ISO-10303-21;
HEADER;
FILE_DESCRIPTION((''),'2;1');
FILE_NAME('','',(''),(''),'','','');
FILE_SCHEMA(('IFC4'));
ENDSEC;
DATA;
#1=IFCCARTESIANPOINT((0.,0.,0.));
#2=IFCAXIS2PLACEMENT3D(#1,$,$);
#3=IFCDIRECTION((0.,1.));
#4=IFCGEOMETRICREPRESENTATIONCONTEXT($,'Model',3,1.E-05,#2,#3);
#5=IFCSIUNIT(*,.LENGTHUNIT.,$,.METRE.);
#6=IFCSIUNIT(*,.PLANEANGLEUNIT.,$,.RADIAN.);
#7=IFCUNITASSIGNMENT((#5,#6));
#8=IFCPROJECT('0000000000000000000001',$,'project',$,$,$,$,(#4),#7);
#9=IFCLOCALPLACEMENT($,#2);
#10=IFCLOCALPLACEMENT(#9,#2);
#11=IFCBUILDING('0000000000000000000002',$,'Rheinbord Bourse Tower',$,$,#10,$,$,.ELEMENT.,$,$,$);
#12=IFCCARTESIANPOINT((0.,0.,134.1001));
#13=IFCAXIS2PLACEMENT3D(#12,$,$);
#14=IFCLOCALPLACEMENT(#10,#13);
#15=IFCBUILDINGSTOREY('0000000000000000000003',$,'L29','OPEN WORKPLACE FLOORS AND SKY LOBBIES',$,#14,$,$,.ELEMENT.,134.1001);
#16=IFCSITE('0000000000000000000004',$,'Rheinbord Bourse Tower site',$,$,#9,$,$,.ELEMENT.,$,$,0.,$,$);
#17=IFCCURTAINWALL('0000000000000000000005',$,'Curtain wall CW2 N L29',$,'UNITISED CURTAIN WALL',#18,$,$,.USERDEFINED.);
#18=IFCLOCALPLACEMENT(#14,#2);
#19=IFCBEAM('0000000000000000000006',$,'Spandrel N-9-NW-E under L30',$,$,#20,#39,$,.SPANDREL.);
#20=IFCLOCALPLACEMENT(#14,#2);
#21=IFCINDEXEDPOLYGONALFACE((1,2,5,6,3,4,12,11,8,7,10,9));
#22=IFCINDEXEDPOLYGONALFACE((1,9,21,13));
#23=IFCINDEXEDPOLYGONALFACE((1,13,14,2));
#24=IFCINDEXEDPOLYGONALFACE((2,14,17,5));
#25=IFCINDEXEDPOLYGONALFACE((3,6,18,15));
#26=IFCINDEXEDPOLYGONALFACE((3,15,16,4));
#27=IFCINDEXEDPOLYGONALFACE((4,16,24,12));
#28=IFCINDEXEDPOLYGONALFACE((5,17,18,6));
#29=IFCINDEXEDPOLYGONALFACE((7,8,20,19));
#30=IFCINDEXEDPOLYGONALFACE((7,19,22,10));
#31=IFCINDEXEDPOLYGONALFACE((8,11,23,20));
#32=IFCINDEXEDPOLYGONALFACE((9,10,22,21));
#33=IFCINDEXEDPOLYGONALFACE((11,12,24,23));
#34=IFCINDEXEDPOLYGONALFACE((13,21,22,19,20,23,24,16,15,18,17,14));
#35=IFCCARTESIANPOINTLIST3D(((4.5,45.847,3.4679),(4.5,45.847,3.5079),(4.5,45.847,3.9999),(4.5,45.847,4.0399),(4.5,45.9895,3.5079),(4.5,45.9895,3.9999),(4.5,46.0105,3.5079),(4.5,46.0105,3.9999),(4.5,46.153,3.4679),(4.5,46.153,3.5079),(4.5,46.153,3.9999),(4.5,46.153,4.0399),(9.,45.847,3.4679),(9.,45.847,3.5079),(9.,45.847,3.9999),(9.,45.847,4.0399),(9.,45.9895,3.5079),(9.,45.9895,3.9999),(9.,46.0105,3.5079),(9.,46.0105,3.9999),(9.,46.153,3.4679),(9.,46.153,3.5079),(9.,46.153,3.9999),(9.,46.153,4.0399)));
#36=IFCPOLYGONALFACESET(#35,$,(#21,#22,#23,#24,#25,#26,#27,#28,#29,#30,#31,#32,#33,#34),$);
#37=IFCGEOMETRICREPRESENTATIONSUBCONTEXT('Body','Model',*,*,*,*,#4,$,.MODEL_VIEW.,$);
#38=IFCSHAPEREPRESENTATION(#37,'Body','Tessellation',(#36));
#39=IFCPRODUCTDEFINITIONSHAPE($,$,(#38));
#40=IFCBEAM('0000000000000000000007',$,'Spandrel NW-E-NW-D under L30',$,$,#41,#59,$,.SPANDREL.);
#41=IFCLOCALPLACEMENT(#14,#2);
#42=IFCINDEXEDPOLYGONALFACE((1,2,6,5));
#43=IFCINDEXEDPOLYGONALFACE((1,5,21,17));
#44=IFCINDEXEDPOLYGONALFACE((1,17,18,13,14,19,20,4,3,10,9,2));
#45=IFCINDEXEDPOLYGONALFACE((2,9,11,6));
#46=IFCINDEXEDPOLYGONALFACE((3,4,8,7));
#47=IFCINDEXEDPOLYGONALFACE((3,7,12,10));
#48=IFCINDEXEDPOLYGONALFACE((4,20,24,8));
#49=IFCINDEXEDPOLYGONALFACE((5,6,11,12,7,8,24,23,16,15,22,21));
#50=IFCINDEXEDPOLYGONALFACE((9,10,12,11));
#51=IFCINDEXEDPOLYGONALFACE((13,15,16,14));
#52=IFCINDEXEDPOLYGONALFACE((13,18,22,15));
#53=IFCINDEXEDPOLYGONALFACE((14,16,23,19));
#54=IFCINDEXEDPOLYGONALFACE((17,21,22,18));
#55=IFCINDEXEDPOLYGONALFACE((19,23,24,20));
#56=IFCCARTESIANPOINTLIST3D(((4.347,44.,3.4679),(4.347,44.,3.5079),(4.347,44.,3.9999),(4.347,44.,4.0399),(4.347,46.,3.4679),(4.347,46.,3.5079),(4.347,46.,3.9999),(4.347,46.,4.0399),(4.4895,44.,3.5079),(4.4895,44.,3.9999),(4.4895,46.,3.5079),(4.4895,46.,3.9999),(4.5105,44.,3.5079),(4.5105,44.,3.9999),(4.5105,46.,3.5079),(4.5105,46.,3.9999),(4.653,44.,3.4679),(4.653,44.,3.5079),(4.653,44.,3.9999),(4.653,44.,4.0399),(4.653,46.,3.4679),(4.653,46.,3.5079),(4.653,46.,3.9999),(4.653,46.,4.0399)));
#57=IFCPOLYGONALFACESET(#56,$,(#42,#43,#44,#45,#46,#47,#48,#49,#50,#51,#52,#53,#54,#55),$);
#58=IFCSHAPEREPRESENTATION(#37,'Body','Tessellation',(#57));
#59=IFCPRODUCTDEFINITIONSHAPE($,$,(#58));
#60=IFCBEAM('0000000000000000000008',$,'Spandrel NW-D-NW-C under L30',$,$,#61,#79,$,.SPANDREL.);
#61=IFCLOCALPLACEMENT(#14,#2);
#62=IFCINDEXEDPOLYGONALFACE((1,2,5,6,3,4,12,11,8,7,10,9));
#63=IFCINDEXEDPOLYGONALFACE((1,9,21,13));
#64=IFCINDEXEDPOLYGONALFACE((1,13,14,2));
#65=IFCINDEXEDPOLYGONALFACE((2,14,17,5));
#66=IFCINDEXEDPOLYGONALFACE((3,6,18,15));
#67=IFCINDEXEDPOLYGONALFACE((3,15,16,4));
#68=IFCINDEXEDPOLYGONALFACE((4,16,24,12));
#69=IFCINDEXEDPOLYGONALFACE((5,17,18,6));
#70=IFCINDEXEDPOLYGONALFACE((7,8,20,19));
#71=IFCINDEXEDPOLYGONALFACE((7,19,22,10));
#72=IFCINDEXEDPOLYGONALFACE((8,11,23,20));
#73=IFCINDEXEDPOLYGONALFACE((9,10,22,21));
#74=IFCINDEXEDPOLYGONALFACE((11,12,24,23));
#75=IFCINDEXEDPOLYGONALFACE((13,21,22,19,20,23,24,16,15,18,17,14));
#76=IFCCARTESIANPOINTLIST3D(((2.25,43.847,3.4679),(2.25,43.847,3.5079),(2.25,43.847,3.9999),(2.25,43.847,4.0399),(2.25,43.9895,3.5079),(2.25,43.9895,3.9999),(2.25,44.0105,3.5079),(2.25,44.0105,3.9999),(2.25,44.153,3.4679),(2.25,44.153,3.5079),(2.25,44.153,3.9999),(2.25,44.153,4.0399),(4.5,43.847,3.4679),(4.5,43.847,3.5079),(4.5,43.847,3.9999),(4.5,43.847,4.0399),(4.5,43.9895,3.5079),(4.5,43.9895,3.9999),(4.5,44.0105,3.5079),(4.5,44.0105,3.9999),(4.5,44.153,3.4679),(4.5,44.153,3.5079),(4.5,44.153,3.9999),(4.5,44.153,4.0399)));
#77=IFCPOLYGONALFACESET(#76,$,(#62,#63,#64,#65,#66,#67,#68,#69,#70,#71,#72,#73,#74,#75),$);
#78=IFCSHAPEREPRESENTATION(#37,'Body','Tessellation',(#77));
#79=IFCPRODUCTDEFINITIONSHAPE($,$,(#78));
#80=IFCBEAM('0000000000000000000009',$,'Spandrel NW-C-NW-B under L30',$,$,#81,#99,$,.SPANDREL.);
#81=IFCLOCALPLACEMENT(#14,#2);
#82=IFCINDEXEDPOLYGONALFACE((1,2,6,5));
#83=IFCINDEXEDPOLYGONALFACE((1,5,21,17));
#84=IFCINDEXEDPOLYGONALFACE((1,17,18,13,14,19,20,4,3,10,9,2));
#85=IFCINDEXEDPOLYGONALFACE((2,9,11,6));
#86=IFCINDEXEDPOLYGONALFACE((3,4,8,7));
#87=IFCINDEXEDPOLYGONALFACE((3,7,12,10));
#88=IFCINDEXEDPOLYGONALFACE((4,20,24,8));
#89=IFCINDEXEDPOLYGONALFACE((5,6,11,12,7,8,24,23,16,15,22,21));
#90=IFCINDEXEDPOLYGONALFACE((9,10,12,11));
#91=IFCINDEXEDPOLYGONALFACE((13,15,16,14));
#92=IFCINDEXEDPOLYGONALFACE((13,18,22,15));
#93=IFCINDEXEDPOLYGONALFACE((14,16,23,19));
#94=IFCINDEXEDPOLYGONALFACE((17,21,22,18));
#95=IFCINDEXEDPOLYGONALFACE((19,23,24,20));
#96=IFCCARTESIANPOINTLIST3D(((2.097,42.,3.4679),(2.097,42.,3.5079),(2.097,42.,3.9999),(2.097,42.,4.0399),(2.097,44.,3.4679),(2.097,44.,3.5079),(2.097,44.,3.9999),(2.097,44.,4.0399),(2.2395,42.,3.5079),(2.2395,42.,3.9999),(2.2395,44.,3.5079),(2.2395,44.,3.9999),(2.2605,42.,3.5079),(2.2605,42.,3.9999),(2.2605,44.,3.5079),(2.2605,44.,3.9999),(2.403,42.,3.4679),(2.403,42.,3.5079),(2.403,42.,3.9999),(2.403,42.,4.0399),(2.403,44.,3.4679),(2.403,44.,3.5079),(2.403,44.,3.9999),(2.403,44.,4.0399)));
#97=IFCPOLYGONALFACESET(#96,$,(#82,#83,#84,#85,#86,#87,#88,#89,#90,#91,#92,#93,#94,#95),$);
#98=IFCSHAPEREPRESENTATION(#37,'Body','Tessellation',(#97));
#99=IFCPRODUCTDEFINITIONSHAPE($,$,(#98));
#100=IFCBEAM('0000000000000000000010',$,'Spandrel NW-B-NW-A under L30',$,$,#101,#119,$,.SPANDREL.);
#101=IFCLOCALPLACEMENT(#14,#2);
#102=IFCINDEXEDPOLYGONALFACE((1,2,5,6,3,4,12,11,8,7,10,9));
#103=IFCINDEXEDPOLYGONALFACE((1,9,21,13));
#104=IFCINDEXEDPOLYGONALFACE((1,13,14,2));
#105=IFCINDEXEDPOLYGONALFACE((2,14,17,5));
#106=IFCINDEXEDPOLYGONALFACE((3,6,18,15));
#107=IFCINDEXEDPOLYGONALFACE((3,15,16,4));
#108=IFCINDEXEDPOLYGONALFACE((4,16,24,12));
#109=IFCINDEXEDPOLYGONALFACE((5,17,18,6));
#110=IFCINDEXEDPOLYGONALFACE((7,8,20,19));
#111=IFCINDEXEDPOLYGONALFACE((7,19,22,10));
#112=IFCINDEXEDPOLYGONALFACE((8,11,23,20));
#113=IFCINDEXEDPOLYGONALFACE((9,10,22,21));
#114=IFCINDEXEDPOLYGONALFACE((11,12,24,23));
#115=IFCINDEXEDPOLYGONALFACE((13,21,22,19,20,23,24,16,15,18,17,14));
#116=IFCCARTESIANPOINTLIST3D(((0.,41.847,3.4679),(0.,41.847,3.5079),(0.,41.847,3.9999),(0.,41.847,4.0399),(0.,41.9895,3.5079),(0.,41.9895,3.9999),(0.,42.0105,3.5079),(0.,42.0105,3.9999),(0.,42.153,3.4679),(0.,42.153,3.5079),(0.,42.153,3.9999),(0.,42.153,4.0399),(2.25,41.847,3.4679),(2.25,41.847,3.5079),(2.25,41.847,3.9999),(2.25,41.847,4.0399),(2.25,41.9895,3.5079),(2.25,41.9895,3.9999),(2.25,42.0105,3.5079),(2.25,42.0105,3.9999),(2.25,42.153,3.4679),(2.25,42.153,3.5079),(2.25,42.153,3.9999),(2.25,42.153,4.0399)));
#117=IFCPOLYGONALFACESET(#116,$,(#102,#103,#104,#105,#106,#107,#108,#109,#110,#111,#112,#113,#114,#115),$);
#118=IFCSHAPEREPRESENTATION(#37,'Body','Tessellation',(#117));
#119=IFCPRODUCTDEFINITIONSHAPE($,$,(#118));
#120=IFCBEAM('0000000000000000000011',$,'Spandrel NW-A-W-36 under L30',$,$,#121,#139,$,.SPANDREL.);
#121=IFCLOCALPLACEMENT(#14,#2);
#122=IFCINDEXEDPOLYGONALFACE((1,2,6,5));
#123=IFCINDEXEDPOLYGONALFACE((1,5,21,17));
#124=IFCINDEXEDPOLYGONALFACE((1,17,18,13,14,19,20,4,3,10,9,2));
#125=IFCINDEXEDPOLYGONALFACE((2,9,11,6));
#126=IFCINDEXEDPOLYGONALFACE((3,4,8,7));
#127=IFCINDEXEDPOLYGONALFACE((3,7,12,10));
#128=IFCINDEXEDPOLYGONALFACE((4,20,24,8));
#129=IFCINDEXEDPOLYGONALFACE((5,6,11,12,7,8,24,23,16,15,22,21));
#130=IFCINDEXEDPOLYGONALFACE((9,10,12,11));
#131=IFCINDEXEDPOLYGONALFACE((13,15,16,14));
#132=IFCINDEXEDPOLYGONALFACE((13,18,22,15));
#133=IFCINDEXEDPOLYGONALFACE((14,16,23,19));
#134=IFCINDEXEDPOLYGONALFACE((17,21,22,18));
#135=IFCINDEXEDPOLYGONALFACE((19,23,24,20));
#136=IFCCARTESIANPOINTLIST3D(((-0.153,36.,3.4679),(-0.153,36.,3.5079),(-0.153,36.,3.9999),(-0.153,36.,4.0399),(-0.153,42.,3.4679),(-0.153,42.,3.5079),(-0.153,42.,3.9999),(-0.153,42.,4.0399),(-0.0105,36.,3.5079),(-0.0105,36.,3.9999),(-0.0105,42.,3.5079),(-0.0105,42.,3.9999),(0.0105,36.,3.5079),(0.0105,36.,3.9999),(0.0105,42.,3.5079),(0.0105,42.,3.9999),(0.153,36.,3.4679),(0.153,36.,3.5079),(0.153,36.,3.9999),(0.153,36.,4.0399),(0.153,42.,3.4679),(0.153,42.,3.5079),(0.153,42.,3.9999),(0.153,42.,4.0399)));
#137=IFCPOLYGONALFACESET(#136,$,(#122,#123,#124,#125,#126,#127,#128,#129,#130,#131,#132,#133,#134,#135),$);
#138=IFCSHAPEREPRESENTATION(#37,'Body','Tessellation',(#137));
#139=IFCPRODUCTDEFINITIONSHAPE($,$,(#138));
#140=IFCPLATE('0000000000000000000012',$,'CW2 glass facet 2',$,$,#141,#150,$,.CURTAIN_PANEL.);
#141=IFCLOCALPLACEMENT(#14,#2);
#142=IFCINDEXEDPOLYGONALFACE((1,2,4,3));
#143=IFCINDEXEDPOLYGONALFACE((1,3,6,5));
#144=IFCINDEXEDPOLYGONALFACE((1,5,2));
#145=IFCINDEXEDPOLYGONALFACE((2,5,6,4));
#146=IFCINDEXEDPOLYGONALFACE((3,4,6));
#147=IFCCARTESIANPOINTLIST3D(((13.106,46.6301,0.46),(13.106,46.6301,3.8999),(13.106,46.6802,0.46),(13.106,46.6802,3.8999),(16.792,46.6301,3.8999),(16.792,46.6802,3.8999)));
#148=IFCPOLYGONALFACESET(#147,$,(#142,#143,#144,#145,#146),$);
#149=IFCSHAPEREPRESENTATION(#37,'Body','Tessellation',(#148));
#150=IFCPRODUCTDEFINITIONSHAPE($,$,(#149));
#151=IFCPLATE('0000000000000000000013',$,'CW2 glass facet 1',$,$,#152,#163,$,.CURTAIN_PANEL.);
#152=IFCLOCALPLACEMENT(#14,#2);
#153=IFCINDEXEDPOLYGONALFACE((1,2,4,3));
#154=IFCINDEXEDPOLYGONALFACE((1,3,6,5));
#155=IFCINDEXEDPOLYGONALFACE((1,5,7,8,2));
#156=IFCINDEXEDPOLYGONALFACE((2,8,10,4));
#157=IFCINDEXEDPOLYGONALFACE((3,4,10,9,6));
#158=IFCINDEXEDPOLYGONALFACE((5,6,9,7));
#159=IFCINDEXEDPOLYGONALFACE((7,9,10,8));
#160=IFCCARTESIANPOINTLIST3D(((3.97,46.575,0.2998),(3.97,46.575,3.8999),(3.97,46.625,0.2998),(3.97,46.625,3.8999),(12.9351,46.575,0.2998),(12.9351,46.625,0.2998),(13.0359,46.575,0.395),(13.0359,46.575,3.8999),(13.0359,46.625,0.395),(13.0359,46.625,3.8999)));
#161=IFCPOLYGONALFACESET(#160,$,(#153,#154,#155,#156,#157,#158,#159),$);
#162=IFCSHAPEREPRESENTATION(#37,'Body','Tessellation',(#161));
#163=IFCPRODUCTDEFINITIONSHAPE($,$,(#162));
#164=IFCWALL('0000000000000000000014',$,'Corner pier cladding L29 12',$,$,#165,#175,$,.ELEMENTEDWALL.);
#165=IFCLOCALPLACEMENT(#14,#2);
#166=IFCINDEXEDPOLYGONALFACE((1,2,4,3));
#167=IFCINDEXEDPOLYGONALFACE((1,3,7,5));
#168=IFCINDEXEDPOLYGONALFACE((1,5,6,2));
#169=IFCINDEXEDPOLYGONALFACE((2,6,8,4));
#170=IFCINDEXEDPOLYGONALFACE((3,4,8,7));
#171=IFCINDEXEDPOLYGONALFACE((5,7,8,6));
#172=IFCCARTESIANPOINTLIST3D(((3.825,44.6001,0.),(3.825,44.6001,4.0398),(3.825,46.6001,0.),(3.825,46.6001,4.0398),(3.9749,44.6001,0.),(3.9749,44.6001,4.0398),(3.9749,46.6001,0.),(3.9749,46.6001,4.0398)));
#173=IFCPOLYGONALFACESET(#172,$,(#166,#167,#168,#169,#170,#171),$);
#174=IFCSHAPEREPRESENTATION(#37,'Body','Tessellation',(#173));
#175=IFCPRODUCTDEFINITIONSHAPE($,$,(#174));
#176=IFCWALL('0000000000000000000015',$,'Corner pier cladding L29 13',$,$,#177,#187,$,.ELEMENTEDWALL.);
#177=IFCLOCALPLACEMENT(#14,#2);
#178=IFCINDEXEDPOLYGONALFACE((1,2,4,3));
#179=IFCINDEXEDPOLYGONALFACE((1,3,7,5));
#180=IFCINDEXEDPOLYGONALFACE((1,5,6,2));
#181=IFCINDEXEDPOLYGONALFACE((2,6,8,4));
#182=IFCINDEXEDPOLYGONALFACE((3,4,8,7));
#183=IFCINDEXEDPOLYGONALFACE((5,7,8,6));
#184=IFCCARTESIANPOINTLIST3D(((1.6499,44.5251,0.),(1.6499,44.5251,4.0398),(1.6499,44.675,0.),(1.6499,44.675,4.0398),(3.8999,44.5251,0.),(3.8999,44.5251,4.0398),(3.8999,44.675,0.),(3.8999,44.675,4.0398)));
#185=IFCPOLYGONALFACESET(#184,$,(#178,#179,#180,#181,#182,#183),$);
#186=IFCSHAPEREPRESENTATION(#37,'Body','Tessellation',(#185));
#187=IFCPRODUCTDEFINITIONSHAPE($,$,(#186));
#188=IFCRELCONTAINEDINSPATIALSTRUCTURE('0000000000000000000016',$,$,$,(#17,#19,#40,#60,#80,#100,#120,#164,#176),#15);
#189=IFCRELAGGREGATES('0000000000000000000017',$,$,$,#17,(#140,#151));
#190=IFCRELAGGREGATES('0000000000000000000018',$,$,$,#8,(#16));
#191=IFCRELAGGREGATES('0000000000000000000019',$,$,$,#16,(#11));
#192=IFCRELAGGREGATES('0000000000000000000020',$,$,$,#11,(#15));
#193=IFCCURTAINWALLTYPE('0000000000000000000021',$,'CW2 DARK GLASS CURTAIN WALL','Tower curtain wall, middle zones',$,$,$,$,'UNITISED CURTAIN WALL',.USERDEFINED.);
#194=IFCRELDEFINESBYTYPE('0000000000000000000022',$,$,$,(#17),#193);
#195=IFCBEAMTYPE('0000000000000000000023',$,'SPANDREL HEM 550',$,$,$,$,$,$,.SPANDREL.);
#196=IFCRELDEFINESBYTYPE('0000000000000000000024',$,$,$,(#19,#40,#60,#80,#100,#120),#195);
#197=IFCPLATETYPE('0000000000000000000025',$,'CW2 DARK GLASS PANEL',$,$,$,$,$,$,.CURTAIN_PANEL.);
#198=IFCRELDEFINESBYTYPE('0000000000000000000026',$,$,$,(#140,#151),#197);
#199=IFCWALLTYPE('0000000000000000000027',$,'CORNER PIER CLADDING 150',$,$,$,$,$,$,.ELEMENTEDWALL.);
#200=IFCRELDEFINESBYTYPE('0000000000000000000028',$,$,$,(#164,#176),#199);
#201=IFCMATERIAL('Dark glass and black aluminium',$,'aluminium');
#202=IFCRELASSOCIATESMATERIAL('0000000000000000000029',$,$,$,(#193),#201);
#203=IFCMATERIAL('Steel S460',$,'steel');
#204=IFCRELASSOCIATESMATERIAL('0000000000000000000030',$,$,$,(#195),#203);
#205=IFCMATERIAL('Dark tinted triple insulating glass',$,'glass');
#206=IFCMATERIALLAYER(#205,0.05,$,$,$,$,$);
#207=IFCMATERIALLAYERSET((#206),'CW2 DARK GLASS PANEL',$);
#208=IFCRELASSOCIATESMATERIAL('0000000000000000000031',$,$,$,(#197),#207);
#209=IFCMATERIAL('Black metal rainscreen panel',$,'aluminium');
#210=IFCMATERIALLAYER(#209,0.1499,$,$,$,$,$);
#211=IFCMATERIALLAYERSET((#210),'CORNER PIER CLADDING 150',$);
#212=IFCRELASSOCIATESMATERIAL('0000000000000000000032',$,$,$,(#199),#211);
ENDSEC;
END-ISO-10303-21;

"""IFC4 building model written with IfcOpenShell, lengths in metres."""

from ifc_helpers import new_model, si_unit, direction, frame, frame_2d, origin, origin_2d, place, context, subcontext, project, spatial, polyline, rectangle, i_section, outline, extrude, material, layer, layer_set, material_profile, profile_set, type_object, element, aggregate, save


model = new_model("IFC4")

# Units and contexts
model_context = context("Model", 3, precision=1e-05, world=origin(), true_north=direction((0.0, 1.0)))
body_context = subcontext(model_context, "Body", "Model", "MODEL_VIEW")
ifc_project = project(units=[si_unit("LENGTHUNIT", "METRE"), si_unit("PLANEANGLEUNIT", "RADIAN")], contexts=[model_context])

# Site, building, storey
site_placement = place(None, origin())
site = spatial("IfcSite", under=ifc_project, at=site_placement, Name="Rheinbord Bourse Tower site", CompositionType="ELEMENT", RefElevation=0.0)
building_placement = place(site_placement, origin())
building = spatial("IfcBuilding", under=site, at=building_placement, Name="Rheinbord Bourse Tower", CompositionType="ELEMENT")
storey_placement = place(building_placement, frame((0.0, 0.0, 134.1001)))
storey = spatial("IfcBuildingStorey", under=building, at=storey_placement, Name="L29", Description="OPEN WORKPLACE FLOORS AND SKY LOBBIES", CompositionType="ELEMENT", Elevation=134.1001)

# Curtain wall
ifc_material_1 = material(Name="Dark glass and black aluminium", Category="aluminium")
curtain_wall_type = type_object("IfcCurtainWallType", Name="CW2 DARK GLASS CURTAIN WALL", Description="Tower curtain wall, middle zones", ElementType="UNITISED CURTAIN WALL", PredefinedType="USERDEFINED", material=ifc_material_1)
curtain_wall_1_placement = place(storey_placement, origin())
curtain_wall_1 = element("IfcCurtainWall", 1, at=curtain_wall_1_placement, inside=storey, type_object=curtain_wall_type, Name="Curtain wall CW2 N L29", ObjectType="UNITISED CURTAIN WALL", PredefinedType="USERDEFINED")

# Beams
ifc_material_2 = material(Name="Steel S460", Category="steel")
ifc_material_profile_1 = material_profile(ifc_material_2, i_section(OverallWidth=0.3059, OverallDepth=0.572, WebThickness=0.021, FlangeThickness=0.04, at=origin_2d()), Name="HEM 550")
ifc_profile_set_1 = profile_set([ifc_material_profile_1], Name="Steel S460")
beam_type_1 = type_object("IfcBeamType", Name="SPANDREL HEM 550", PredefinedType="SPANDREL", material=ifc_profile_set_1)
for number, where, z_axis, x_axis, name in (
    (2, (9.0, 46.0, 3.7539), (-1.0, 0.0, 0.0), (0.0, -1.0, 0.0), "Spandrel N-9-NW-E under L30"),
):
    element("IfcBeam", number, at=place(storey_placement, frame(where, z_axis=z_axis, x_axis=x_axis)), inside=storey, type_object=beam_type_1, Name=name, PredefinedType="SPANDREL", context=body_context, shape_type="SweptSolid", body=[
        extrude(i_section(OverallWidth=0.3059, OverallDepth=0.572, WebThickness=0.021, FlangeThickness=0.04, at=origin_2d()), origin(), (0.0, 0.0, 1.0), 4.5),
    ])
beam_1_placement = place(storey_placement, frame((4.5, 46.0, 3.7539), z_axis=(0.0, -1.0, 0.0), x_axis=(1.0, 0.0, 0.0)))
element("IfcBeam", 3, at=beam_1_placement, inside=storey, type_object=beam_type_1, Name="Spandrel NW-E-NW-D under L30", PredefinedType="SPANDREL", context=body_context, shape_type="SweptSolid", body=[
    extrude(i_section(OverallWidth=0.3059, OverallDepth=0.572, WebThickness=0.021, FlangeThickness=0.04, at=origin_2d()), origin(), (0.0, 0.0, 1.0), 2.0),
])
beam_2_placement = place(storey_placement, frame((4.5, 44.0, 3.7539), z_axis=(-1.0, 0.0, 0.0), x_axis=(0.0, -1.0, 0.0)))
element("IfcBeam", 4, at=beam_2_placement, inside=storey, type_object=beam_type_1, Name="Spandrel NW-D-NW-C under L30", PredefinedType="SPANDREL", context=body_context, shape_type="SweptSolid", body=[
    extrude(i_section(OverallWidth=0.3059, OverallDepth=0.572, WebThickness=0.021, FlangeThickness=0.04, at=origin_2d()), origin(), (0.0, 0.0, 1.0), 2.25),
])
beam_3_placement = place(storey_placement, frame((2.25, 44.0, 3.7539), z_axis=(0.0, -1.0, 0.0), x_axis=(1.0, 0.0, 0.0)))
element("IfcBeam", 5, at=beam_3_placement, inside=storey, type_object=beam_type_1, Name="Spandrel NW-C-NW-B under L30", PredefinedType="SPANDREL", context=body_context, shape_type="SweptSolid", body=[
    extrude(i_section(OverallWidth=0.3059, OverallDepth=0.572, WebThickness=0.021, FlangeThickness=0.04, at=origin_2d()), origin(), (0.0, 0.0, 1.0), 2.0),
])
beam_4_placement = place(storey_placement, frame((2.25, 42.0, 3.7539), z_axis=(-1.0, 0.0, 0.0), x_axis=(0.0, -1.0, 0.0)))
element("IfcBeam", 6, at=beam_4_placement, inside=storey, type_object=beam_type_1, Name="Spandrel NW-B-NW-A under L30", PredefinedType="SPANDREL", context=body_context, shape_type="SweptSolid", body=[
    extrude(i_section(OverallWidth=0.3059, OverallDepth=0.572, WebThickness=0.021, FlangeThickness=0.04, at=origin_2d()), origin(), (0.0, 0.0, 1.0), 2.25),
])
beam_5_placement = place(storey_placement, frame((0.0, 42.0, 3.7539), z_axis=(0.0, -1.0, 0.0), x_axis=(1.0, 0.0, 0.0)))
element("IfcBeam", 7, at=beam_5_placement, inside=storey, type_object=beam_type_1, Name="Spandrel NW-A-W-36 under L30", PredefinedType="SPANDREL", context=body_context, shape_type="SweptSolid", body=[
    extrude(i_section(OverallWidth=0.3059, OverallDepth=0.572, WebThickness=0.021, FlangeThickness=0.04, at=origin_2d()), origin(), (0.0, 0.0, 1.0), 6.0),
])

# Plates
ifc_material_3 = material(Name="Dark tinted triple insulating glass", Category="glass")
ifc_layer_1 = layer(ifc_material_3, 0.05)
ifc_layer_set_1 = layer_set([ifc_layer_1], Name="CW2 DARK GLASS PANEL")
plate_type = type_object("IfcPlateType", Name="CW2 DARK GLASS PANEL", PredefinedType="CURTAIN_PANEL", material=ifc_layer_set_1)
plate_1_placement = place(storey_placement, frame((13.106, 46.6802, 3.8999), z_axis=(0.0, -1.0, 0.0), x_axis=(0.0, 0.0, -1.0)))
plate_1 = element("IfcPlate", 8, at=plate_1_placement, type_object=plate_type, Name="CW2 glass facet 2", PredefinedType="CURTAIN_PANEL", context=body_context, shape_type="SweptSolid", body=[
    extrude(outline(polyline([(0.0, 0.0), (3.4399, 0.0), (0.0, 3.686), (0.0, 0.0)])), origin(), (0.0, 0.0, 1.0), 0.05),
])
plate_2_placement = place(storey_placement, frame((13.0359, 46.625, 3.8999), z_axis=(0.0, -1.0, 0.0), x_axis=(-1.0, 0.0, 0.0)))
plate_2 = element("IfcPlate", 9, at=plate_2_placement, type_object=plate_type, Name="CW2 glass facet 1", PredefinedType="CURTAIN_PANEL", context=body_context, shape_type="SweptSolid", body=[
    extrude(outline(polyline([(0.0, 0.0), (9.0659, 0.0), (9.0659, 3.6001), (0.1008, 3.6001), (0.0, 3.5049), (0.0, 0.0)])), origin(), (0.0, 0.0, 1.0), 0.05),
])
aggregate(curtain_wall_1, [plate_1, plate_2])

# Walls
ifc_material_4 = material(Name="Black metal rainscreen panel", Category="aluminium")
ifc_layer_2 = layer(ifc_material_4, 0.1499)
ifc_layer_set_2 = layer_set([ifc_layer_2], Name="CORNER PIER CLADDING 150")
wall_type = type_object("IfcWallType", Name="CORNER PIER CLADDING 150", PredefinedType="ELEMENTEDWALL", material=ifc_layer_set_2)
wall_1_placement = place(storey_placement, frame((3.8999, 46.6001, 0.0), z_axis=(0.0, 0.0, 1.0), x_axis=(0.0, -1.0, 0.0)))
element("IfcWall", 10, at=wall_1_placement, inside=storey, type_object=wall_type, Name="Corner pier cladding L29 12", PredefinedType="ELEMENTEDWALL", context=body_context, shape_type="SweptSolid", body=[
    extrude(rectangle(XDim=2.0, YDim=0.1499, at=frame_2d((1.0, 0.0))), origin(), (0.0, 0.0, 1.0), 4.0398),
])
wall_2_placement = place(storey_placement, frame((3.8999, 44.6001, 0.0), z_axis=(0.0, 0.0, 1.0), x_axis=(-1.0, 0.0, 0.0)))
element("IfcWall", 11, at=wall_2_placement, inside=storey, type_object=wall_type, Name="Corner pier cladding L29 13", PredefinedType="ELEMENTEDWALL", context=body_context, shape_type="SweptSolid", body=[
    extrude(rectangle(XDim=2.25, YDim=0.1499, at=frame_2d((1.125, 0.0))), origin(), (0.0, 0.0, 1.0), 4.0398),
])

save(model, "model.ifc")
